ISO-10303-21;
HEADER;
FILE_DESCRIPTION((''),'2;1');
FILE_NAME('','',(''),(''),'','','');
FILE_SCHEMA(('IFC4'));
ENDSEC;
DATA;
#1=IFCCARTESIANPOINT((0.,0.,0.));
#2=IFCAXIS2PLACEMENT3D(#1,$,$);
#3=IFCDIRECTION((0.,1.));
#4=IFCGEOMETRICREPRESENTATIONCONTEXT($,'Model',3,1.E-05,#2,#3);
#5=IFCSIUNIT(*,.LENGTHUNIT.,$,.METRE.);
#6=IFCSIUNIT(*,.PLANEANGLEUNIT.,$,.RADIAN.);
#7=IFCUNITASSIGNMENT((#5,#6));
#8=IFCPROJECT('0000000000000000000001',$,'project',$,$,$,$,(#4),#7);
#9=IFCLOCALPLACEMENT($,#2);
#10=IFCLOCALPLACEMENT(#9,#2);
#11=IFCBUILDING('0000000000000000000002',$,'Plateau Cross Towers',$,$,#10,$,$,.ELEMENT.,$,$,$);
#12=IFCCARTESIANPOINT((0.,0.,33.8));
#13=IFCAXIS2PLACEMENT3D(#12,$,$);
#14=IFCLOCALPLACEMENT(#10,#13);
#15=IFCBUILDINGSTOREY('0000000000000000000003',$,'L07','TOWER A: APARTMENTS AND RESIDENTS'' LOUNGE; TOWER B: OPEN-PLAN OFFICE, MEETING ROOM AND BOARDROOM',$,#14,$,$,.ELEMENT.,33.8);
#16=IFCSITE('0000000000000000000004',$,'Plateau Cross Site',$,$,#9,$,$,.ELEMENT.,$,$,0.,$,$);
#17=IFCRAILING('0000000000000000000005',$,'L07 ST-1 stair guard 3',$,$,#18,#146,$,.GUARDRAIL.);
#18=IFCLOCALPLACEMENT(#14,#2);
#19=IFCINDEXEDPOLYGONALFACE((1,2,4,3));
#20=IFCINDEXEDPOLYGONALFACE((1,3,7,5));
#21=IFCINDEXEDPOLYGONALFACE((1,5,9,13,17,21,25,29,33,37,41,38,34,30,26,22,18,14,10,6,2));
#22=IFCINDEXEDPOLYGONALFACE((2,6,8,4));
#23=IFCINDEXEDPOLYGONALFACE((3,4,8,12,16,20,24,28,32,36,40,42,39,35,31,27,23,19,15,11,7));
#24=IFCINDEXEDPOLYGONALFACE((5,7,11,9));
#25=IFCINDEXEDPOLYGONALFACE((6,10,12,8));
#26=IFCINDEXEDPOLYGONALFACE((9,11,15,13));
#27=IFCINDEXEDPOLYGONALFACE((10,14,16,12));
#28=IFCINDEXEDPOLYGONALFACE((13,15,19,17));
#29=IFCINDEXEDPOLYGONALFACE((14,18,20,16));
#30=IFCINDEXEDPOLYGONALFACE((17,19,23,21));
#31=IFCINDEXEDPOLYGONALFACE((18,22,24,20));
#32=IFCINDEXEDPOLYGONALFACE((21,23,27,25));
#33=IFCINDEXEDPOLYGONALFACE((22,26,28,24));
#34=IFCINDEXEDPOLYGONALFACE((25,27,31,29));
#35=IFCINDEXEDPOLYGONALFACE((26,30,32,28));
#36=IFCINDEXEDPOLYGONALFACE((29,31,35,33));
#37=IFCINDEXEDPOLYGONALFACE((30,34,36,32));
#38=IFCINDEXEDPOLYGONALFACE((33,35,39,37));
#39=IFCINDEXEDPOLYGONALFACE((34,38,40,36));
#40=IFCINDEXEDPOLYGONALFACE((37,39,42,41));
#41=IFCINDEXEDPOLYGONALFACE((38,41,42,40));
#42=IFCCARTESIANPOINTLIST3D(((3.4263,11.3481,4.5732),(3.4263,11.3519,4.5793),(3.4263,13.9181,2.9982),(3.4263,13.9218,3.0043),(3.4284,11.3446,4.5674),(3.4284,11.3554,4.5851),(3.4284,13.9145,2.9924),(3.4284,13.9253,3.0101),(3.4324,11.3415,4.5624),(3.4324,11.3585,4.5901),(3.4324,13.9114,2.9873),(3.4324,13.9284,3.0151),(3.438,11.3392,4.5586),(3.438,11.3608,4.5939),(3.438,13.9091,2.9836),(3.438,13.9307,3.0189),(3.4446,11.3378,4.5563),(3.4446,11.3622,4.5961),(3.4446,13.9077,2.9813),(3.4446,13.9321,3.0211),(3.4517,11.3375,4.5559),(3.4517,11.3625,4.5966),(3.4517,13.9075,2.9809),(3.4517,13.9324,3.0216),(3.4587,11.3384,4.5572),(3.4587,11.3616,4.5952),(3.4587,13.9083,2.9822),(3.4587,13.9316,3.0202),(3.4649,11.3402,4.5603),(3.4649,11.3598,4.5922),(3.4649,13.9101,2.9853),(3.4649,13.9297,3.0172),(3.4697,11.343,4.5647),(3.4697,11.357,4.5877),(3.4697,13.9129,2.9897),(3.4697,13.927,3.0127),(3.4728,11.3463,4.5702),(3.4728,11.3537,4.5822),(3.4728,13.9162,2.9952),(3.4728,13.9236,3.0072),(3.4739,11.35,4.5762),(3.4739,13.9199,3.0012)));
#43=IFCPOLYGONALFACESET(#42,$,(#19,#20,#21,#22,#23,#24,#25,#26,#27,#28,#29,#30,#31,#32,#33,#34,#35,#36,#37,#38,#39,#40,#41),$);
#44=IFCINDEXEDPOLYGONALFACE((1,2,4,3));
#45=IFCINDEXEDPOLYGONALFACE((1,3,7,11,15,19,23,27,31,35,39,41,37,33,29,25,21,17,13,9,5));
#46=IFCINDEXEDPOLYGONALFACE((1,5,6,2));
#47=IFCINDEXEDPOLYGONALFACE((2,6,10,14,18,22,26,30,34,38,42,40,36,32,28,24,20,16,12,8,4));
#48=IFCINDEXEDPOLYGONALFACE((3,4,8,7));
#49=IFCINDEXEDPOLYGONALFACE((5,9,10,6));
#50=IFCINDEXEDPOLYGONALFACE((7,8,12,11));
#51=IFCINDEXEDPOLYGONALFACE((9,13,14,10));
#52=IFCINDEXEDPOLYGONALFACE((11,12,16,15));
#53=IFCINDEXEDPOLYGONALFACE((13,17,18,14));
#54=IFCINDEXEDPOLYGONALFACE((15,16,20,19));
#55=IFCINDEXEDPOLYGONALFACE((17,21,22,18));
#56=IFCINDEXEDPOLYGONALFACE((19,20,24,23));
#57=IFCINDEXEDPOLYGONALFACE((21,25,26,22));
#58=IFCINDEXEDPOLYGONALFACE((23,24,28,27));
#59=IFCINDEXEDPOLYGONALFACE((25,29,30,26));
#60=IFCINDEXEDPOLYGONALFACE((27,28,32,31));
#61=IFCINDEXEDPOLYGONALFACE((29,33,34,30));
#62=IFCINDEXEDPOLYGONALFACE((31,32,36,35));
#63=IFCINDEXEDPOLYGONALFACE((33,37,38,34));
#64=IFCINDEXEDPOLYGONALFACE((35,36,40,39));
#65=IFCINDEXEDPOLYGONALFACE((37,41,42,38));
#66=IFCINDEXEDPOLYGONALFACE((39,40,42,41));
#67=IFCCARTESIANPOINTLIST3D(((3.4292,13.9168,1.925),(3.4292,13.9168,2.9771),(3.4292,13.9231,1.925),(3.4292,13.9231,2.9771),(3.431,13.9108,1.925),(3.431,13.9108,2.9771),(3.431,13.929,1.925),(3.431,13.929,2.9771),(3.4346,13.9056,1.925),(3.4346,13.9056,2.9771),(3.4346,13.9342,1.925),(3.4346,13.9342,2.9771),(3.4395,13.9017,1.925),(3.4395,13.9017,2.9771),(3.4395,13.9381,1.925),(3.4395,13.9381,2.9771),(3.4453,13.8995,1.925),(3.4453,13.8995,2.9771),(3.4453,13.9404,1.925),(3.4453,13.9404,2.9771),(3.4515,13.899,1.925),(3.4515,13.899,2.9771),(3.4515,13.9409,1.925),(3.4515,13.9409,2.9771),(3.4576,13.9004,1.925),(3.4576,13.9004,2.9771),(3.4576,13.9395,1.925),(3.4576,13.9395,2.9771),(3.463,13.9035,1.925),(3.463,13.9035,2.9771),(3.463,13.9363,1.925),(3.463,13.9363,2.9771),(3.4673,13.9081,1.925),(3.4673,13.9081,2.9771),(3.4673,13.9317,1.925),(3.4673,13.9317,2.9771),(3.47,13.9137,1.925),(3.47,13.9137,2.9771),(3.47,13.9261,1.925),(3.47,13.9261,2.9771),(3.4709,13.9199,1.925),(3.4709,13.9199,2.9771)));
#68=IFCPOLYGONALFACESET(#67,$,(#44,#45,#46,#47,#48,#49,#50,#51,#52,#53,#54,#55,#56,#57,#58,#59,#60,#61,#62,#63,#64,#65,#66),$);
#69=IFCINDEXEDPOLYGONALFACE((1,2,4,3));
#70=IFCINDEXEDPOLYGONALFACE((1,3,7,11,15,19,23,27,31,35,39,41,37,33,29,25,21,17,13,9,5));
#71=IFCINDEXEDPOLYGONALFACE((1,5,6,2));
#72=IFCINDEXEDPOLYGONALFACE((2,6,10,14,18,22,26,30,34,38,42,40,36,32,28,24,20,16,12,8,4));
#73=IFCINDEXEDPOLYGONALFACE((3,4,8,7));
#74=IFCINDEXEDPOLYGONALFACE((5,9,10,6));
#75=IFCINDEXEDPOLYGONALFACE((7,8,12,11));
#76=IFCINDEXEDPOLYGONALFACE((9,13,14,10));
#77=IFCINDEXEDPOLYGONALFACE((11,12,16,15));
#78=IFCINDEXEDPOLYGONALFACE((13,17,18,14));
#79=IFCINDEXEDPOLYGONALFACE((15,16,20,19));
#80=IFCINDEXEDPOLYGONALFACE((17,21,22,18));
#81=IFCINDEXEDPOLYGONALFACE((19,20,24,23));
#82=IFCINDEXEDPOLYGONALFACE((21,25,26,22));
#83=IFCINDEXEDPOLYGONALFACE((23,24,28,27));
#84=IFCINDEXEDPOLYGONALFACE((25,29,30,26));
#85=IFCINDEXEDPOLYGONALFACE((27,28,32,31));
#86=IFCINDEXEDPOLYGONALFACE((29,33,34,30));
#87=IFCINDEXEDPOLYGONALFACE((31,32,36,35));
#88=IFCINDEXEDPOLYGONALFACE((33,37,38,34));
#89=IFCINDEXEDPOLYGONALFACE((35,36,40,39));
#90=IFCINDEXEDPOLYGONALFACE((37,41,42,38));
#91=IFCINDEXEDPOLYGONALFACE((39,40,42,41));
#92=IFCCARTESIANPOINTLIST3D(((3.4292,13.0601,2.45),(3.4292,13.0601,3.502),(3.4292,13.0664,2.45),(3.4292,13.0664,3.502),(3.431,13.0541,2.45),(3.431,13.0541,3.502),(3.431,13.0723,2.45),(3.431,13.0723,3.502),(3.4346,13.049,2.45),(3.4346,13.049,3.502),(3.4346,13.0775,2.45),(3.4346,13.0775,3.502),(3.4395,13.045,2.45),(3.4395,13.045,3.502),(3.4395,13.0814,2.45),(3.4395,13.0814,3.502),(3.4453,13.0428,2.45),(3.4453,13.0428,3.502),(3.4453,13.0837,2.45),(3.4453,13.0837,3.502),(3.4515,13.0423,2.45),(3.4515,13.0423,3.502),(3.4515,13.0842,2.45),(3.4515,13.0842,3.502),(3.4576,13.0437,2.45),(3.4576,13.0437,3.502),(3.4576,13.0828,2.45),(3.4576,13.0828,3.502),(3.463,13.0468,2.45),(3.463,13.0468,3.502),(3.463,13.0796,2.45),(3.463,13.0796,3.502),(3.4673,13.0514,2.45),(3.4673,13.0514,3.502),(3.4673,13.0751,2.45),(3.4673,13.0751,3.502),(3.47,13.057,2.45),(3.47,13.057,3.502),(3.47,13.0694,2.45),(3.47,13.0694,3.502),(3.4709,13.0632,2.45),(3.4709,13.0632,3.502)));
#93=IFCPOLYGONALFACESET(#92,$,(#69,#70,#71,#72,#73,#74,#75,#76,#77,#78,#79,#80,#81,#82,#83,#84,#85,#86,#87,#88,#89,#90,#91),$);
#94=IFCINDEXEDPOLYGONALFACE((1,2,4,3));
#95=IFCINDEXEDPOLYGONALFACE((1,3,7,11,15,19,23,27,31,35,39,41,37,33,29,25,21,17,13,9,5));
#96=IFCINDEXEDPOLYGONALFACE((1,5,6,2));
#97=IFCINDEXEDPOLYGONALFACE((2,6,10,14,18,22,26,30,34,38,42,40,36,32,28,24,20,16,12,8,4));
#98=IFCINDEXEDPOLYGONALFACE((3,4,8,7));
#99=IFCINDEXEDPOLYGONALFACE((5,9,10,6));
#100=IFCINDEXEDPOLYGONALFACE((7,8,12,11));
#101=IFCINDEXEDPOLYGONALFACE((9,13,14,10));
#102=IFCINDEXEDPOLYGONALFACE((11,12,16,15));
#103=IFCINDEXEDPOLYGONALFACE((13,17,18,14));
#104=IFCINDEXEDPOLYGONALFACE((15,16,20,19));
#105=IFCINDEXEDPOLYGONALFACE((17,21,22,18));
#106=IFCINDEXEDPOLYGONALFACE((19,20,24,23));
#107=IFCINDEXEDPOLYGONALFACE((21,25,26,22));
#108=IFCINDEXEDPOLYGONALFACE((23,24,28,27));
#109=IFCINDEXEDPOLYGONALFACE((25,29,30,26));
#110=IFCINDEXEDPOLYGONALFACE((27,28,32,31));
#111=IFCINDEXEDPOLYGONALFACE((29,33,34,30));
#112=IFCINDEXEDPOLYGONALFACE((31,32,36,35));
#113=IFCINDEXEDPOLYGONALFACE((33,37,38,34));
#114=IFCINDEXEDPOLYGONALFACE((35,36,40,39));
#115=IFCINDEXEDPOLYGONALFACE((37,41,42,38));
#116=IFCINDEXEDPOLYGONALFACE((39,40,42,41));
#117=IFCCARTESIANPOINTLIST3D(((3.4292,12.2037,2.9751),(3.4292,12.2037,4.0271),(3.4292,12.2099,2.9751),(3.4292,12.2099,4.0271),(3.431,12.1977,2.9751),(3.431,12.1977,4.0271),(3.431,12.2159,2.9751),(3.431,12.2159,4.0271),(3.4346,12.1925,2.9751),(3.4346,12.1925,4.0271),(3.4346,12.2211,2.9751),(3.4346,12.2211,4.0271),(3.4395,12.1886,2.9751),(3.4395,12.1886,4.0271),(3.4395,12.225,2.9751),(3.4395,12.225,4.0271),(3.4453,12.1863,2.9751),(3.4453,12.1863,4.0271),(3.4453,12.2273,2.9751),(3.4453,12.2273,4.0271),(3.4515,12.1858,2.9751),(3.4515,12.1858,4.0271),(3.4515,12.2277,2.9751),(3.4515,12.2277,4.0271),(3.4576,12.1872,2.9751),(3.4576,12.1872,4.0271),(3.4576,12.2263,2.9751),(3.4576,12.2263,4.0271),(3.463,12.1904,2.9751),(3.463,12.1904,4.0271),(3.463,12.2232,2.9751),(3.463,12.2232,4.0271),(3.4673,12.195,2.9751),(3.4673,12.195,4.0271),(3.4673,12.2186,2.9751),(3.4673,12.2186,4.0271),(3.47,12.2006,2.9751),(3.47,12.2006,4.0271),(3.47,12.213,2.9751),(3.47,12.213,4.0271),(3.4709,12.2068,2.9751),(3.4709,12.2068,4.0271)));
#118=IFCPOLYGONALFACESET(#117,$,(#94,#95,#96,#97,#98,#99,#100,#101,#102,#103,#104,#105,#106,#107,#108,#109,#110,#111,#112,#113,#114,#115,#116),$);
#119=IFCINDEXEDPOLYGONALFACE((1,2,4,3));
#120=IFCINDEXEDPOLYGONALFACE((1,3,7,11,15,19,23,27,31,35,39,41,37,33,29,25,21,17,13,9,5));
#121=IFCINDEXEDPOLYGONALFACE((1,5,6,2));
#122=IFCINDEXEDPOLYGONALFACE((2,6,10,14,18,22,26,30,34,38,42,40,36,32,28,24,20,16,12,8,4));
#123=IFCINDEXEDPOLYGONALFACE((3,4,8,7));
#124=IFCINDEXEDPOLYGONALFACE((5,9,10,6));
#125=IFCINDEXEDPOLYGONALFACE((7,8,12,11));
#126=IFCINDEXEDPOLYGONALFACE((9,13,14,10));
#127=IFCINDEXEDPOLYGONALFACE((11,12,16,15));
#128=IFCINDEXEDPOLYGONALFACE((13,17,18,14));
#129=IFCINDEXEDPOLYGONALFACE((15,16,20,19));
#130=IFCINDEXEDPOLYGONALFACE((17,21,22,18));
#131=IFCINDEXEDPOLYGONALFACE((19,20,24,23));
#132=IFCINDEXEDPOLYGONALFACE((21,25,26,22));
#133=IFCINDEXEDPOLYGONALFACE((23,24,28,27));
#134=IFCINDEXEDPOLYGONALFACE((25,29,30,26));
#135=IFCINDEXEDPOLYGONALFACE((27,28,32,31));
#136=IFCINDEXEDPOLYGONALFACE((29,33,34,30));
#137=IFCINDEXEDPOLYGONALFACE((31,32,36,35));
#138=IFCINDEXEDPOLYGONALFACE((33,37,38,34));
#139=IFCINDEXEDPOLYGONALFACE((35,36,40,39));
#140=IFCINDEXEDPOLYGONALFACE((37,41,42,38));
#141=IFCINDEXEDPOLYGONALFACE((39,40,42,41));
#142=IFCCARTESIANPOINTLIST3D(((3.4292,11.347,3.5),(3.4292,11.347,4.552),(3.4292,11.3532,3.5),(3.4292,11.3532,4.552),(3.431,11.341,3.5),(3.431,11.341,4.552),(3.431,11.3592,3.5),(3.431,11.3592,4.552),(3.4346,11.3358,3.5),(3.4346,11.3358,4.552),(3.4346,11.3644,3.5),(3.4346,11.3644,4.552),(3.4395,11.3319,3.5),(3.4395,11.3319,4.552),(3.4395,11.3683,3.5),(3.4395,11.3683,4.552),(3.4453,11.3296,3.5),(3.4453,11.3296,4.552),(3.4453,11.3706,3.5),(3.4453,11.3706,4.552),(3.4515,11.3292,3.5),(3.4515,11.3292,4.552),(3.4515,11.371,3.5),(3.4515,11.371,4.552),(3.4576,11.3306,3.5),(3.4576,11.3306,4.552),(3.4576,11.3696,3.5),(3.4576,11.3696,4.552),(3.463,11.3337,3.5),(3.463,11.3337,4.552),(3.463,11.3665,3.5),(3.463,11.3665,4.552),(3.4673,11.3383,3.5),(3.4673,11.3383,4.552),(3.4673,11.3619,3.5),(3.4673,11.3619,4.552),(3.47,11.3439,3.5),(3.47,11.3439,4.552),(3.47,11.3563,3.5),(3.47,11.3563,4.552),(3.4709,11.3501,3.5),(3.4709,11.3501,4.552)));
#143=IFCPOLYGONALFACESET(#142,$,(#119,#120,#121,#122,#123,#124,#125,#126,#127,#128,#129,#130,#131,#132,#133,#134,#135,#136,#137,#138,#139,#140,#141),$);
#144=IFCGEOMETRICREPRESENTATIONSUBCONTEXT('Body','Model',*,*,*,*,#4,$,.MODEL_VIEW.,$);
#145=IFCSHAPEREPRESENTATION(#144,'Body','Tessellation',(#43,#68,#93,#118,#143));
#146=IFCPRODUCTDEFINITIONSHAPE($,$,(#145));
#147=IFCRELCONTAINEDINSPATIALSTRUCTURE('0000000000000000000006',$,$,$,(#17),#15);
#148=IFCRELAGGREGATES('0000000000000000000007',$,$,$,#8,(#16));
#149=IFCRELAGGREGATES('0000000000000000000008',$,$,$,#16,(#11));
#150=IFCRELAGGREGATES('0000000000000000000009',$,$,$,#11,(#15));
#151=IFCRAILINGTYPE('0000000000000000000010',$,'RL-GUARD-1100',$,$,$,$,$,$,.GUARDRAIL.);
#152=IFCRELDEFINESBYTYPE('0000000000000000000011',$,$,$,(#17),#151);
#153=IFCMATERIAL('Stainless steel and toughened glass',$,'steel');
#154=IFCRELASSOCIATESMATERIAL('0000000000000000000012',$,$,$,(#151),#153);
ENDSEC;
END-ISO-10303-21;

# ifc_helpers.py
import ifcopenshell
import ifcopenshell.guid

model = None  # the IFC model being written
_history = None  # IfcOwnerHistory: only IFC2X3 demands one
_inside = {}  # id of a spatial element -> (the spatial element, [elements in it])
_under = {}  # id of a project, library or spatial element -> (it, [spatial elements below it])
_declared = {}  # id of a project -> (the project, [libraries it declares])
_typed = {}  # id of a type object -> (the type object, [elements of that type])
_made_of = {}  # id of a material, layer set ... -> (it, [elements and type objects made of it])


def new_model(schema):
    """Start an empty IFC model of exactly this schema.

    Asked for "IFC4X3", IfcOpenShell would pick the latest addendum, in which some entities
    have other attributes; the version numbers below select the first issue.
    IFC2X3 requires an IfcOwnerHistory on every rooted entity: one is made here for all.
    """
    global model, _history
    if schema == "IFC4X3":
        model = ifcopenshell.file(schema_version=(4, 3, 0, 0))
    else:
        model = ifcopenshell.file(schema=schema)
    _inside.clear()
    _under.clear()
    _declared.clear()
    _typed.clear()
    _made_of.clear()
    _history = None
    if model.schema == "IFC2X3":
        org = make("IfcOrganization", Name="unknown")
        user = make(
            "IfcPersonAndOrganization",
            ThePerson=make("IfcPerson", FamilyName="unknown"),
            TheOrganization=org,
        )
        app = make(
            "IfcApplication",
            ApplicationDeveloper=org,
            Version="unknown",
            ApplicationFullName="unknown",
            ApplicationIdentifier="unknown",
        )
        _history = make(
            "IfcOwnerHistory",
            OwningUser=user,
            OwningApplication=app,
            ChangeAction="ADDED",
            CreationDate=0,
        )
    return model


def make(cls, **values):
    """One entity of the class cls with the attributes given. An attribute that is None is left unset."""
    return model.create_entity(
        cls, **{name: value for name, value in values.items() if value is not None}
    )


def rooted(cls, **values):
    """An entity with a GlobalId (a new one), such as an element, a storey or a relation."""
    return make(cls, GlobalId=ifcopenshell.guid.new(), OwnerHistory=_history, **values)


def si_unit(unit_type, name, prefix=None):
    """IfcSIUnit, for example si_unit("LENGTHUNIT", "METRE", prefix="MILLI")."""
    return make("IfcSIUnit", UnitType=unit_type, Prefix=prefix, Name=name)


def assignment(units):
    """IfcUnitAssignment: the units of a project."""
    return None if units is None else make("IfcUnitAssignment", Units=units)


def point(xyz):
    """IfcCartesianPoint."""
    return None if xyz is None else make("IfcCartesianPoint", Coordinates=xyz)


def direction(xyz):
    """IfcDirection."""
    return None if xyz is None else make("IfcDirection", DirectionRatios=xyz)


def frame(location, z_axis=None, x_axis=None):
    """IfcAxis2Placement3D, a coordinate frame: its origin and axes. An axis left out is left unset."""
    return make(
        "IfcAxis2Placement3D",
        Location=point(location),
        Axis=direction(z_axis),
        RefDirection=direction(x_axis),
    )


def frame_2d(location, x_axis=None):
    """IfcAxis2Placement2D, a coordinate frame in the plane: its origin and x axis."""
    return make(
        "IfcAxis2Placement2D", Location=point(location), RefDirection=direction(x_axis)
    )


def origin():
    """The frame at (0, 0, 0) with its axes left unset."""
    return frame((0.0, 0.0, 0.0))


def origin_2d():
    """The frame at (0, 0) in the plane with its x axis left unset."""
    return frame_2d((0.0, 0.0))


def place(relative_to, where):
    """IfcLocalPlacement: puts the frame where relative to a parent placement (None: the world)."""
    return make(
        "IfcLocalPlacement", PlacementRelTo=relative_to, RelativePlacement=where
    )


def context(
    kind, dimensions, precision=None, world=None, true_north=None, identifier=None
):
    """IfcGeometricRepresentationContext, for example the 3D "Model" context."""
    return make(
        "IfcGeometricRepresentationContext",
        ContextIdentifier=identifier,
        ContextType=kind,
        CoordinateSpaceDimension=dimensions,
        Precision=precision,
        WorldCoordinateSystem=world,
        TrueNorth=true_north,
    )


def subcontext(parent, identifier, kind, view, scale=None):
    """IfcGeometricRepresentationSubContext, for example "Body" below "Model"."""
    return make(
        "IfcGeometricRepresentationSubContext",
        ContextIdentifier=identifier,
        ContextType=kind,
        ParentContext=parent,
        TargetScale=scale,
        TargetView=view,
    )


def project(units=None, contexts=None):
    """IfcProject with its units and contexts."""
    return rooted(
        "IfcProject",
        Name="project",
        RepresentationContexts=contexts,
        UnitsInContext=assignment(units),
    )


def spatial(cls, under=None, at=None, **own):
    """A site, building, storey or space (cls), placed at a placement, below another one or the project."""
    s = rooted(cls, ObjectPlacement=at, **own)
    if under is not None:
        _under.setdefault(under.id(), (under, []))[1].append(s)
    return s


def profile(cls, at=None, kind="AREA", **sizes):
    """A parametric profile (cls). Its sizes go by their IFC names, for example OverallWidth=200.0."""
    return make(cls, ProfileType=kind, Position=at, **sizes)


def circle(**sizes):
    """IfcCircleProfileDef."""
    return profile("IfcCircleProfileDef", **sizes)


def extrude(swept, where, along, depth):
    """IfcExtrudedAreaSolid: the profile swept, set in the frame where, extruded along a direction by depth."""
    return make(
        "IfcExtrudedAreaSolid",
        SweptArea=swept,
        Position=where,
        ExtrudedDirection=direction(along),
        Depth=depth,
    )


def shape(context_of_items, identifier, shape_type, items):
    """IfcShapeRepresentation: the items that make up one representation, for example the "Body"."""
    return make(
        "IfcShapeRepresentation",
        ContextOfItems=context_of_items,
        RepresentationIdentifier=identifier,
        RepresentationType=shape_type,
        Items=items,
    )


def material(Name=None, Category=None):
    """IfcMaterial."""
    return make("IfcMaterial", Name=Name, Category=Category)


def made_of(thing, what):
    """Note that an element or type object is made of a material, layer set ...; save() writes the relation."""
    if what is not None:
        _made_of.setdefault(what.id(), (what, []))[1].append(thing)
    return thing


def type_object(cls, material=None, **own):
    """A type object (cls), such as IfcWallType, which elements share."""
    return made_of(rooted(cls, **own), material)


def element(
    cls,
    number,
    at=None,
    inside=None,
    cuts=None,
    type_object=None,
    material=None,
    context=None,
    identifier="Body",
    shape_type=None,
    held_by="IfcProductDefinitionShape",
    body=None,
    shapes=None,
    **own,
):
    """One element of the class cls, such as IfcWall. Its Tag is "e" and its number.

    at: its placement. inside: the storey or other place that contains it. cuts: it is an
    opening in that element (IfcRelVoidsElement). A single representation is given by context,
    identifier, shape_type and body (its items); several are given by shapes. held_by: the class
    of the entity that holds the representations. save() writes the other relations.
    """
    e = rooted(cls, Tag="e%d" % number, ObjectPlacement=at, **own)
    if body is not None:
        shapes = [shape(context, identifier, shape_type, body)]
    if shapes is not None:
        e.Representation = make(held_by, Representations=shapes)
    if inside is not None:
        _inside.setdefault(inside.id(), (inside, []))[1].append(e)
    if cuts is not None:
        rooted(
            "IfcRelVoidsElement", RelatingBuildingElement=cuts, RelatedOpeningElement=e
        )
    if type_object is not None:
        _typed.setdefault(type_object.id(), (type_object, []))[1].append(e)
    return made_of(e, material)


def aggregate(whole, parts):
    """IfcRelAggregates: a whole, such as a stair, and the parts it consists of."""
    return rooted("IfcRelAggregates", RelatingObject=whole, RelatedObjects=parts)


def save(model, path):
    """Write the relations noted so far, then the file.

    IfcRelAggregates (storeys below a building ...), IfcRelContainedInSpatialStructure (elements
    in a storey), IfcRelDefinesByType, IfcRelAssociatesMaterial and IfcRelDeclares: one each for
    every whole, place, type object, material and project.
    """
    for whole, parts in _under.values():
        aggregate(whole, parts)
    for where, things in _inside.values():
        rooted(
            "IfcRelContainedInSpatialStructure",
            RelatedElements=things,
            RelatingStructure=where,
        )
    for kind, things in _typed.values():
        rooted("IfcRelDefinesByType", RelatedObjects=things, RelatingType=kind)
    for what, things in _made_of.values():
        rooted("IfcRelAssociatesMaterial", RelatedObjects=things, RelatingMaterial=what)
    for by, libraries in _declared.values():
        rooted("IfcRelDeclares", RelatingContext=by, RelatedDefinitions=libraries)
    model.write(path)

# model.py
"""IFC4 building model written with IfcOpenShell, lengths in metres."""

from ifc_helpers import new_model, si_unit, direction, frame, origin, origin_2d, place, context, subcontext, project, spatial, circle, extrude, material, type_object, element, save


model = new_model("IFC4")

# Units and contexts
model_context = context("Model", 3, precision=1e-05, world=origin(), true_north=direction((0.0, 1.0)))
body_context = subcontext(model_context, "Body", "Model", "MODEL_VIEW")
ifc_project = project(units=[si_unit("LENGTHUNIT", "METRE"), si_unit("PLANEANGLEUNIT", "RADIAN")], contexts=[model_context])

# Site, building, storey
site_placement = place(None, origin())
site = spatial("IfcSite", under=ifc_project, at=site_placement, Name="Plateau Cross Site", CompositionType="ELEMENT", RefElevation=0.0)
building_placement = place(site_placement, origin())
building = spatial("IfcBuilding", under=site, at=building_placement, Name="Plateau Cross Towers", CompositionType="ELEMENT")
storey_placement = place(building_placement, frame((0.0, 0.0, 33.8)))
storey = spatial("IfcBuildingStorey", under=building, at=storey_placement, Name="L07", Description="TOWER A: APARTMENTS AND RESIDENTS' LOUNGE; TOWER B: OPEN-PLAN OFFICE, MEETING ROOM AND BOARDROOM", CompositionType="ELEMENT", Elevation=33.8)

# Railing
ifc_material_1 = material(Name="Stainless steel and toughened glass", Category="steel")
railing_type_1 = type_object("IfcRailingType", Name="RL-GUARD-1100", PredefinedType="GUARDRAIL", material=ifc_material_1)
railing_1_placement = place(storey_placement, frame((3.45, 13.9199, 1.925)))
element("IfcRailing", 1, at=railing_1_placement, inside=storey, type_object=railing_type_1, Name="L07 ST-1 stair guard 3", PredefinedType="GUARDRAIL", context=body_context, shape_type="SweptSolid", body=[
    extrude(circle(Radius=0.0239, at=origin_2d()), frame((0.0, 0.0, 1.0762), z_axis=(0.0, -0.852616, 0.522537), x_axis=(1.0, 0.0, 0.0)), (0.0, 0.0, 1.0), 3.0142),
    extrude(circle(Radius=0.021, at=origin_2d()), origin(), (0.0, 0.0, 1.0), 1.052),
    extrude(circle(Radius=0.021, at=origin_2d()), frame((0.0, -0.8567, 0.5249)), (0.0, 0.0, 1.0), 1.052),
    extrude(circle(Radius=0.021, at=origin_2d()), frame((0.0, -1.7131, 1.05)), (0.0, 0.0, 1.0), 1.052),
    extrude(circle(Radius=0.021, at=origin_2d()), frame((0.0, -2.5698, 1.575)), (0.0, 0.0, 1.0), 1.052),
])

save(model, "model.ifc")
